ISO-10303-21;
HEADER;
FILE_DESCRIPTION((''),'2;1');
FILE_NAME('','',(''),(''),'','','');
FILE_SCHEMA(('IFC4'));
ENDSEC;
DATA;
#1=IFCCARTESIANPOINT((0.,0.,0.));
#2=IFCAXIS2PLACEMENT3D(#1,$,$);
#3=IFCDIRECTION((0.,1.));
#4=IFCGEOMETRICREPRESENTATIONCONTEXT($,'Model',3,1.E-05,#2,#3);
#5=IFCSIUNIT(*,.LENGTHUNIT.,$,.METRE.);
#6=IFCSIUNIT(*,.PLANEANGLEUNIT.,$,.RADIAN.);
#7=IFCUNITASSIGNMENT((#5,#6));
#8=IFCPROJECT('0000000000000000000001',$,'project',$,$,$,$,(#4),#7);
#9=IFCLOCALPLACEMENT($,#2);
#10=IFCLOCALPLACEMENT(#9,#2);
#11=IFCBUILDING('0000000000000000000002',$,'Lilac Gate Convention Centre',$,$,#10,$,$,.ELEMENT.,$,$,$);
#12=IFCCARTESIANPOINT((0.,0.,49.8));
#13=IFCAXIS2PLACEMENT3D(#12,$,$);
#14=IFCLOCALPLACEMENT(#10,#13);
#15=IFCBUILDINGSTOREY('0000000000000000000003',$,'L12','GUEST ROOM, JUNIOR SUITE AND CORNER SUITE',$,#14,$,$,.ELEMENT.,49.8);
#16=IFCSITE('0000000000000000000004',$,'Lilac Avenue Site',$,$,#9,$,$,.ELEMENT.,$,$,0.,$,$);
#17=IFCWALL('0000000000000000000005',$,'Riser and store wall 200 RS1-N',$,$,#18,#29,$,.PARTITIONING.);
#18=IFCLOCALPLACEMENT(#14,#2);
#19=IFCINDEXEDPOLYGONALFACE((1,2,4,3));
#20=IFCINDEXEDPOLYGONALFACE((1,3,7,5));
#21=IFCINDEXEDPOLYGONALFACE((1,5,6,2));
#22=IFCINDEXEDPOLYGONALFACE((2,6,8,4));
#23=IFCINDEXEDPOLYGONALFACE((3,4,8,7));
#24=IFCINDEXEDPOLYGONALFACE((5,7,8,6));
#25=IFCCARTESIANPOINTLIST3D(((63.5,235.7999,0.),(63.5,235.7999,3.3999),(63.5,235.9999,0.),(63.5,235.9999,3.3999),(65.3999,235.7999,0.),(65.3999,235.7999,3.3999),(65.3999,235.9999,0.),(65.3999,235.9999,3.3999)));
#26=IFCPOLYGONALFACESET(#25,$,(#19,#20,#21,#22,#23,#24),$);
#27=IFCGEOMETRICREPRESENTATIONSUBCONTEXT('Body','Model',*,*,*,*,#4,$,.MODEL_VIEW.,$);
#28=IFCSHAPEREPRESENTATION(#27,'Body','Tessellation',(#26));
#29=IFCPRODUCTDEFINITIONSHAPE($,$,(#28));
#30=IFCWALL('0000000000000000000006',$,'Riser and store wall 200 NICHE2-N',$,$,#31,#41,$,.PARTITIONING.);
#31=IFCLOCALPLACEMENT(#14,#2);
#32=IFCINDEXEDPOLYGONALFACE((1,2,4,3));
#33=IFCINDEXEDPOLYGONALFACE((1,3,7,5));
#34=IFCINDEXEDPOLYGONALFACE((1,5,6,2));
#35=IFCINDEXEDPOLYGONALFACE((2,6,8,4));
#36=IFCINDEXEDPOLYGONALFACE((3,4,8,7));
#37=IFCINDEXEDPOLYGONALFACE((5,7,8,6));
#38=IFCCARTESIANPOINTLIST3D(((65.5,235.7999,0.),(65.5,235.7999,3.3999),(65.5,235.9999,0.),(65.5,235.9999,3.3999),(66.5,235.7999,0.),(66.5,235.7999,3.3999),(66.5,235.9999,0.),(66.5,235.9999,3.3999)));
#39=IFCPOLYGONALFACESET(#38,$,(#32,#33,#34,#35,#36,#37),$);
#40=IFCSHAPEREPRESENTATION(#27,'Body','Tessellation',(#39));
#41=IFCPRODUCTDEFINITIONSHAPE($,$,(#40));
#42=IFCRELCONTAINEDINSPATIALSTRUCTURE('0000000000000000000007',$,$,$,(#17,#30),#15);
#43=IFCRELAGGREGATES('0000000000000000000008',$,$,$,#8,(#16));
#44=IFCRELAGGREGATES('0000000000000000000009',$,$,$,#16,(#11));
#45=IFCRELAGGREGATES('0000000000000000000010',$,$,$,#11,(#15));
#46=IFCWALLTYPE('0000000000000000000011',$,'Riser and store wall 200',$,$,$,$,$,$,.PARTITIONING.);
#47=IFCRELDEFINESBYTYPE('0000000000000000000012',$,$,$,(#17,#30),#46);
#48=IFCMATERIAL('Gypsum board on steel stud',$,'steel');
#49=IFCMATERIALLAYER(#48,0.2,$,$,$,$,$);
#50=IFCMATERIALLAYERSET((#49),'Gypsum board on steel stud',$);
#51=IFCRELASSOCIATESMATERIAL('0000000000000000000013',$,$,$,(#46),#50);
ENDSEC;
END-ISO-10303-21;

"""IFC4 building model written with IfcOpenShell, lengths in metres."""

from ifc_helpers import new_model, si_unit, direction, frame, frame_2d, origin, place, context, subcontext, project, spatial, rectangle, extrude, material, layer, layer_set, type_object, element, save


model = new_model("IFC4")

# Units and contexts
model_context = context("Model", 3, precision=1e-05, world=origin(), true_north=direction((0.0, 1.0)))
body_context = subcontext(model_context, "Body", "Model", "MODEL_VIEW")
ifc_project = project(units=[si_unit("LENGTHUNIT", "METRE"), si_unit("PLANEANGLEUNIT", "RADIAN")], contexts=[model_context])

# Site, building, storey
site_placement = place(None, origin())
site = spatial("IfcSite", under=ifc_project, at=site_placement, Name="Lilac Avenue Site", CompositionType="ELEMENT", RefElevation=0.0)
building_placement = place(site_placement, origin())
building = spatial("IfcBuilding", under=site, at=building_placement, Name="Lilac Gate Convention Centre", CompositionType="ELEMENT")
storey_placement = place(building_placement, frame((0.0, 0.0, 49.8)))
storey = spatial("IfcBuildingStorey", under=building, at=storey_placement, Name="L12", Description="GUEST ROOM, JUNIOR SUITE AND CORNER SUITE", CompositionType="ELEMENT", Elevation=49.8)

# Shared definitions
ifc_material_1 = material(Name="Gypsum board on steel stud", Category="steel")

# Walls
ifc_layer_1 = layer(ifc_material_1, 0.2)
ifc_layer_set_1 = layer_set([ifc_layer_1], Name="Gypsum board on steel stud")
wall_type_1 = type_object("IfcWallType", Name="Riser and store wall 200", PredefinedType="PARTITIONING", material=ifc_layer_set_1)
wall_1_placement = place(storey_placement, frame((63.5, 235.8999, 0.0), z_axis=(0.0, 0.0, 1.0), x_axis=(1.0, 0.0, 0.0)))
element("IfcWall", 1, at=wall_1_placement, inside=storey, type_object=wall_type_1, Name="Riser and store wall 200 RS1-N", PredefinedType="PARTITIONING", context=body_context, shape_type="SweptSolid", body=[
    extrude(rectangle(XDim=1.8999, YDim=0.2, at=frame_2d((0.95, 0.0))), origin(), (0.0, 0.0, 1.0), 3.3999),
])
wall_2_placement = place(storey_placement, frame((65.5, 235.8999, 0.0), z_axis=(0.0, 0.0, 1.0), x_axis=(1.0, 0.0, 0.0)))
element("IfcWall", 2, at=wall_2_placement, inside=storey, type_object=wall_type_1, Name="Riser and store wall 200 NICHE2-N", PredefinedType="PARTITIONING", context=body_context, shape_type="SweptSolid", body=[
    extrude(rectangle(XDim=1.0, YDim=0.2, at=frame_2d((0.5, 0.0))), origin(), (0.0, 0.0, 1.0), 3.3999),
])

save(model, "model.ifc")
